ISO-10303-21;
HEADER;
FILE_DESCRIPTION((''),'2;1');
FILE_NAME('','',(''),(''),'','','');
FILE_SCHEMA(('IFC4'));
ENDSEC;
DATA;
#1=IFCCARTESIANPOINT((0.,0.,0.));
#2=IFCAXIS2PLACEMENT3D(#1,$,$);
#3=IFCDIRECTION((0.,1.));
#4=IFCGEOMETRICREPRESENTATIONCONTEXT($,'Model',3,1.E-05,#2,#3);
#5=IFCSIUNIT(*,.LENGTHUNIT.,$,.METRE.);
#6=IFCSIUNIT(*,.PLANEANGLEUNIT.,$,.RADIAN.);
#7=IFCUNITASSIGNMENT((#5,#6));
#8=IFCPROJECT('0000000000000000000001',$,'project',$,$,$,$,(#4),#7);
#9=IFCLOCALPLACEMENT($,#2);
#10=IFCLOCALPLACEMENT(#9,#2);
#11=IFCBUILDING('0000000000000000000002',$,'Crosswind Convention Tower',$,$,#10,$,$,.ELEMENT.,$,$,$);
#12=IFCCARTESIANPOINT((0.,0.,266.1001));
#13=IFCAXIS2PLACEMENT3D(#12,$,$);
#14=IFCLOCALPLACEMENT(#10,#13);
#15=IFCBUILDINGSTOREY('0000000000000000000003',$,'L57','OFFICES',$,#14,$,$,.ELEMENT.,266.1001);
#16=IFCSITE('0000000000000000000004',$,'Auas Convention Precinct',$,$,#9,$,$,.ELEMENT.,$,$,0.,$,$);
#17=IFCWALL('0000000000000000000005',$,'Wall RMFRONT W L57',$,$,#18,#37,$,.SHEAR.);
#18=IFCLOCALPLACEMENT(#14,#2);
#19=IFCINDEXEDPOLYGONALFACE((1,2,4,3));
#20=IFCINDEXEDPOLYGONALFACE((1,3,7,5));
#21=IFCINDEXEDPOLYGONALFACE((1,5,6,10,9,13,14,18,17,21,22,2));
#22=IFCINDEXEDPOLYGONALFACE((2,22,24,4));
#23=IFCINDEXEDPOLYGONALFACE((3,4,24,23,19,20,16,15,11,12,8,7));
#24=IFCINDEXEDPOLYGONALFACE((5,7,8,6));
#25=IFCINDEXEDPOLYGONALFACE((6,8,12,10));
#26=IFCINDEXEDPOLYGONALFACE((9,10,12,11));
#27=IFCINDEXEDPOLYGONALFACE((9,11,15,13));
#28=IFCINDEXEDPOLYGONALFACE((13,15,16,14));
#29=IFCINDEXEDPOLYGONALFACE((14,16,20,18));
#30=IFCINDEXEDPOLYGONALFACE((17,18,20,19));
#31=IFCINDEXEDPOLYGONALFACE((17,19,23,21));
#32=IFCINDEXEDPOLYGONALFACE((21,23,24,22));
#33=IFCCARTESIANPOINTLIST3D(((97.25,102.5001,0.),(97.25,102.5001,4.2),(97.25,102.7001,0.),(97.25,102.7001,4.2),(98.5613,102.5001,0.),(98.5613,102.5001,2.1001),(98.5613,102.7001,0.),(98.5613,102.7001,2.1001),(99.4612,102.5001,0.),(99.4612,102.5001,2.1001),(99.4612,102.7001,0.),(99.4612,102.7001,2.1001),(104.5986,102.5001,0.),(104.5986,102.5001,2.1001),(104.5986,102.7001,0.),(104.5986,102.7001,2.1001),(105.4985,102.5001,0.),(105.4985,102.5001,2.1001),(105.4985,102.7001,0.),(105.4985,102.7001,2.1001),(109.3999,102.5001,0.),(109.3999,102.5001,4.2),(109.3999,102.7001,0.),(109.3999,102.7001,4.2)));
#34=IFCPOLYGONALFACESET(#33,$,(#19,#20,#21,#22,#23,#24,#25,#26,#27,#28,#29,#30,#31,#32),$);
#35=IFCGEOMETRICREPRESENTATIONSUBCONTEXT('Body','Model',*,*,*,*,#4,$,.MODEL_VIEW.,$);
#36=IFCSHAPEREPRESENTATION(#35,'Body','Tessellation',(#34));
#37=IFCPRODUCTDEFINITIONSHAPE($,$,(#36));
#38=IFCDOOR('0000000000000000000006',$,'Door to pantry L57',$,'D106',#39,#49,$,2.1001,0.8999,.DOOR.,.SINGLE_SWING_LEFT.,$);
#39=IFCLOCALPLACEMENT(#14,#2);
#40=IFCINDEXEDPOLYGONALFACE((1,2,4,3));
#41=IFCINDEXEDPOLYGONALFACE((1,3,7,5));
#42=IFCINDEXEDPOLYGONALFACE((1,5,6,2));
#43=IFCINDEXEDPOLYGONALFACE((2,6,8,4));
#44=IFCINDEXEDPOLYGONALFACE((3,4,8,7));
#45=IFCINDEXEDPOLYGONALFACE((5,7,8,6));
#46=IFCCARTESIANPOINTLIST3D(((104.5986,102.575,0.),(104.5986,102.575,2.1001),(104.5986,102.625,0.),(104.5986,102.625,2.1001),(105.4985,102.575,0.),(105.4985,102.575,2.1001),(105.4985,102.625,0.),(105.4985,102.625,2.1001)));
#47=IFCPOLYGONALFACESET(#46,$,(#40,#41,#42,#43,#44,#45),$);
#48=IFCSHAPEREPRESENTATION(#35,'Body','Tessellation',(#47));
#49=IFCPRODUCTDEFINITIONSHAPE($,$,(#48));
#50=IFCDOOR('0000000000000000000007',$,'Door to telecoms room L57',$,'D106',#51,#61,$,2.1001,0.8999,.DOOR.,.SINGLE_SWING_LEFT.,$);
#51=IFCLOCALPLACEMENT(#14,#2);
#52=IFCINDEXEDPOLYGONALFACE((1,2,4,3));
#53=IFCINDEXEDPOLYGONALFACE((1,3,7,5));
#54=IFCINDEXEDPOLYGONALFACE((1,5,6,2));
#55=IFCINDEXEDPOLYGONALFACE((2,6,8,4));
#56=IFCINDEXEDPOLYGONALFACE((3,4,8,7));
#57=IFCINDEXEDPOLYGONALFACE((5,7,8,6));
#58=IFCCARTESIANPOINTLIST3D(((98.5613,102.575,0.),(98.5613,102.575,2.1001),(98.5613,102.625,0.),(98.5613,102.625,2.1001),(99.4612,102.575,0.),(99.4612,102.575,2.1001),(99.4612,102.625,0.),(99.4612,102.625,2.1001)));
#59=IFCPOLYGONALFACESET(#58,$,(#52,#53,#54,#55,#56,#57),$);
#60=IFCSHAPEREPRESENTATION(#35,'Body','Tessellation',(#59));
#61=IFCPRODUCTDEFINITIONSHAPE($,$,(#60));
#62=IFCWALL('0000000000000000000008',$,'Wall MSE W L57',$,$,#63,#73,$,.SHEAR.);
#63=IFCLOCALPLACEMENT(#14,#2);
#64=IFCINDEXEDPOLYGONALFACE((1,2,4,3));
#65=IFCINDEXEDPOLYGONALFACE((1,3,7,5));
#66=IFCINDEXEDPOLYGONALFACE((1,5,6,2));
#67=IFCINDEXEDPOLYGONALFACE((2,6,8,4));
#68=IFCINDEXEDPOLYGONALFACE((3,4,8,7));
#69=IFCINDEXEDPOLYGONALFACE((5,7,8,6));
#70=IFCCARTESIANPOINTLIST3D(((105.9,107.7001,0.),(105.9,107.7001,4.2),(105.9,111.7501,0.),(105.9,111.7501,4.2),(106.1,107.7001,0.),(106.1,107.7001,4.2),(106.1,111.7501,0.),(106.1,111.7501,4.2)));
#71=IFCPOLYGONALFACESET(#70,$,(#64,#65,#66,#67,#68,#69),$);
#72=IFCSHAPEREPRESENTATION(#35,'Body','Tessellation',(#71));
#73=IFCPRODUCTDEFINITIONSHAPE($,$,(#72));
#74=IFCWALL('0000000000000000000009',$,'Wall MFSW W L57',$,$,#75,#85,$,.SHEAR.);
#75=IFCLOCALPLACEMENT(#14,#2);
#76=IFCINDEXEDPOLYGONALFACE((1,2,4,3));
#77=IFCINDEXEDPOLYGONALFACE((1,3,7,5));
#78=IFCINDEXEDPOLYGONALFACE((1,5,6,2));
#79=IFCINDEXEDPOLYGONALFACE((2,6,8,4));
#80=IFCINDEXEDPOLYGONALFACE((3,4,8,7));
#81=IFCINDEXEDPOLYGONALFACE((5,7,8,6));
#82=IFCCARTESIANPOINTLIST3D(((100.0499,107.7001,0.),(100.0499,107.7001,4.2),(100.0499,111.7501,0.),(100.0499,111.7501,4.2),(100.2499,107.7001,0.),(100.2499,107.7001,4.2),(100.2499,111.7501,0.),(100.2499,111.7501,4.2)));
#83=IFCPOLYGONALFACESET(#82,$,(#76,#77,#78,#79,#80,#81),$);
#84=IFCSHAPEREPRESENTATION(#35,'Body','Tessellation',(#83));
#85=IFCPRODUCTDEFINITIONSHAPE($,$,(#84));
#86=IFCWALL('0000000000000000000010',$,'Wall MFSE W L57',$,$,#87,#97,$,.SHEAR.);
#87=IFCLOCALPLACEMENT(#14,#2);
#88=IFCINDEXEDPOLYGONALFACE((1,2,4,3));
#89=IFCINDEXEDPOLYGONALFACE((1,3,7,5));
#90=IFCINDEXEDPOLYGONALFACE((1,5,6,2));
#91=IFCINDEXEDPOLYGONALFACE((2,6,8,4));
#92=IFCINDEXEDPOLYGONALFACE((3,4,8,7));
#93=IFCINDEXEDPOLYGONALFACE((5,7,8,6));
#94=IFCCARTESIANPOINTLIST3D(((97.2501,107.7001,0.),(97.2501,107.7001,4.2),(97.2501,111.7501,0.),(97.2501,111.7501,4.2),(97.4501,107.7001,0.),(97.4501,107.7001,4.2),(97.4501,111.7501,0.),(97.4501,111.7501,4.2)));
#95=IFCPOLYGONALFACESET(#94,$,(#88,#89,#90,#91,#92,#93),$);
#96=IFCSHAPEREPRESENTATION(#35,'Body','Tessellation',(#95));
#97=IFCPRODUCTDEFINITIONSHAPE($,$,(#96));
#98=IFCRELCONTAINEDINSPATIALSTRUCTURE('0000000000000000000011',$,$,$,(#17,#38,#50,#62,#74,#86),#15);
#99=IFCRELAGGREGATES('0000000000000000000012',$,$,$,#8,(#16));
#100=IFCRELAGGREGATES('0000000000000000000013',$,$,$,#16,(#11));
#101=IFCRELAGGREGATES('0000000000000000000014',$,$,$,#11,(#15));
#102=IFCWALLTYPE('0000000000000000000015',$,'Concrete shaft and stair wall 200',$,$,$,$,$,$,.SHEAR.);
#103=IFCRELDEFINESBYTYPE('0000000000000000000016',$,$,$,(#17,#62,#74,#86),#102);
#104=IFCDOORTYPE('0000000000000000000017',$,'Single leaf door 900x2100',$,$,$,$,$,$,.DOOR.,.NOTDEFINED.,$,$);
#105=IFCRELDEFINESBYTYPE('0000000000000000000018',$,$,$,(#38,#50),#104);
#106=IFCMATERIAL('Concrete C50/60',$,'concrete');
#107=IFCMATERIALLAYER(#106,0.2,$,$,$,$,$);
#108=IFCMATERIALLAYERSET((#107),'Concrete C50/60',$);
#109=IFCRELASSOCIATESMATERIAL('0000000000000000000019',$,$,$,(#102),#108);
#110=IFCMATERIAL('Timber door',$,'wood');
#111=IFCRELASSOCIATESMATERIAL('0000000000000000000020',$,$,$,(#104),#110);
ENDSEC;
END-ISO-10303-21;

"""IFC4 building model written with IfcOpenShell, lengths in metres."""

from ifc_helpers import new_model, si_unit, direction, frame, frame_2d, origin, place, context, subcontext, project, spatial, rectangle, extrude, material, layer, layer_set, type_object, element, fill, save


model = new_model("IFC4")

# Units and contexts
model_context = context("Model", 3, precision=1e-05, world=origin(), true_north=direction((0.0, 1.0)))
body_context = subcontext(model_context, "Body", "Model", "MODEL_VIEW")
ifc_project = project(units=[si_unit("LENGTHUNIT", "METRE"), si_unit("PLANEANGLEUNIT", "RADIAN")], contexts=[model_context])

# Site, building, storey
site_placement = place(None, origin())
site = spatial("IfcSite", under=ifc_project, at=site_placement, Name="Auas Convention Precinct", CompositionType="ELEMENT", RefElevation=0.0)
building_placement = place(site_placement, origin())
building = spatial("IfcBuilding", under=site, at=building_placement, Name="Crosswind Convention Tower", CompositionType="ELEMENT")
storey_placement = place(building_placement, frame((0.0, 0.0, 266.1001)))
storey = spatial("IfcBuildingStorey", under=building, at=storey_placement, Name="L57", Description="OFFICES", CompositionType="ELEMENT", Elevation=266.1001)

# Shared definitions
ifc_material_1 = material(Name="Concrete C50/60", Category="concrete")
ifc_layer_1 = layer(ifc_material_1, 0.2)
ifc_layer_set_1 = layer_set([ifc_layer_1], Name="Concrete C50/60")
wall_type_1 = type_object("IfcWallType", Name="Concrete shaft and stair wall 200", PredefinedType="SHEAR", material=ifc_layer_set_1)

# Wall, openings, doors
wall_1_placement = place(storey_placement, frame((109.3999, 102.6001, 0.0), z_axis=(0.0, 0.0, 1.0), x_axis=(-1.0, 0.0, 0.0)))
wall_1 = element("IfcWall", 1, at=wall_1_placement, inside=storey, type_object=wall_type_1, Name="Wall RMFRONT W L57", PredefinedType="SHEAR", context=body_context, shape_type="SweptSolid", body=[
    extrude(rectangle(XDim=12.1499, YDim=0.2, at=frame_2d((6.075, 0.0))), origin(), (0.0, 0.0, 1.0), 4.2),
])
opening_1_placement = place(wall_1_placement, frame((3.9014, 0.0, 0.0)))
opening_1 = element("IfcOpeningElement", 2, at=opening_1_placement, cuts=wall_1, PredefinedType="OPENING", context=body_context, shape_type="SweptSolid", body=[
    extrude(rectangle(XDim=0.8999, YDim=2.1001, at=frame_2d((0.45, 1.05))), frame((0.0, 0.1099, 0.0), z_axis=(0.0, -1.0, 0.0), x_axis=(1.0, 0.0, 0.0)), (0.0, 0.0, 1.0), 0.22),
])
opening_2_placement = place(wall_1_placement, frame((9.9387, 0.0, 0.0)))
opening_2 = element("IfcOpeningElement", 3, at=opening_2_placement, cuts=wall_1, PredefinedType="OPENING", context=body_context, shape_type="SweptSolid", body=[
    extrude(rectangle(XDim=0.8999, YDim=2.1001, at=frame_2d((0.45, 1.05))), frame((0.0, 0.1099, 0.0), z_axis=(0.0, -1.0, 0.0), x_axis=(1.0, 0.0, 0.0)), (0.0, 0.0, 1.0), 0.22),
])
ifc_material_2 = material(Name="Timber door", Category="wood")
door_type_1 = type_object("IfcDoorType", Name="Single leaf door 900x2100", OperationType="NOTDEFINED", PredefinedType="DOOR", material=ifc_material_2)
door_1_placement = place(opening_1_placement, frame((0.8999, 0.0, 0.0), z_axis=(0.0, 0.0, 1.0), x_axis=(-1.0, 0.0, 0.0)))
door_1 = element("IfcDoor", 4, at=door_1_placement, inside=storey, type_object=door_type_1, Name="Door to pantry L57", ObjectType="D106", OperationType="SINGLE_SWING_LEFT", OverallHeight=2.1001, OverallWidth=0.8999, PredefinedType="DOOR", context=body_context, shape_type="SweptSolid", body=[
    extrude(rectangle(XDim=0.8999, YDim=2.1001, at=frame_2d((0.45, 1.05))), frame((0.0, 0.0249, 0.0), z_axis=(0.0, -1.0, 0.0), x_axis=(1.0, 0.0, 0.0)), (0.0, 0.0, 1.0), 0.05),
])
fill(opening_1, door_1)
door_2_placement = place(opening_2_placement, frame((0.8999, 0.0, 0.0), z_axis=(0.0, 0.0, 1.0), x_axis=(-1.0, 0.0, 0.0)))
door_2 = element("IfcDoor", 5, at=door_2_placement, inside=storey, type_object=door_type_1, Name="Door to telecoms room L57", ObjectType="D106", OperationType="SINGLE_SWING_LEFT", OverallHeight=2.1001, OverallWidth=0.8999, PredefinedType="DOOR", context=body_context, shape_type="SweptSolid", body=[
    extrude(rectangle(XDim=0.8999, YDim=2.1001, at=frame_2d((0.45, 1.05))), frame((0.0, 0.0249, 0.0), z_axis=(0.0, -1.0, 0.0), x_axis=(1.0, 0.0, 0.0)), (0.0, 0.0, 1.0), 0.05),
])
fill(opening_2, door_2)

# Walls
for number, where, z_axis, x_axis, name in (
    (6, (106.0, 111.75, 0.0), (0.0, 0.0, 1.0), (0.0, -1.0, 0.0), "Wall MSE W L57"),
    (7, (100.1499, 111.75, 0.0), (0.0, 0.0, 1.0), (0.0, -1.0, 0.0), "Wall MFSW W L57"),
    (8, (97.3501, 111.75, 0.0), (0.0, 0.0, 1.0), (0.0, -1.0, 0.0), "Wall MFSE W L57"),
):
    element("IfcWall", number, at=place(storey_placement, frame(where, z_axis=z_axis, x_axis=x_axis)), inside=storey, type_object=wall_type_1, Name=name, PredefinedType="SHEAR", context=body_context, shape_type="SweptSolid", body=[
        extrude(rectangle(XDim=4.05, YDim=0.2, at=frame_2d((2.0249, 0.0))), origin(), (0.0, 0.0, 1.0), 4.2),
    ])

save(model, "model.ifc")
